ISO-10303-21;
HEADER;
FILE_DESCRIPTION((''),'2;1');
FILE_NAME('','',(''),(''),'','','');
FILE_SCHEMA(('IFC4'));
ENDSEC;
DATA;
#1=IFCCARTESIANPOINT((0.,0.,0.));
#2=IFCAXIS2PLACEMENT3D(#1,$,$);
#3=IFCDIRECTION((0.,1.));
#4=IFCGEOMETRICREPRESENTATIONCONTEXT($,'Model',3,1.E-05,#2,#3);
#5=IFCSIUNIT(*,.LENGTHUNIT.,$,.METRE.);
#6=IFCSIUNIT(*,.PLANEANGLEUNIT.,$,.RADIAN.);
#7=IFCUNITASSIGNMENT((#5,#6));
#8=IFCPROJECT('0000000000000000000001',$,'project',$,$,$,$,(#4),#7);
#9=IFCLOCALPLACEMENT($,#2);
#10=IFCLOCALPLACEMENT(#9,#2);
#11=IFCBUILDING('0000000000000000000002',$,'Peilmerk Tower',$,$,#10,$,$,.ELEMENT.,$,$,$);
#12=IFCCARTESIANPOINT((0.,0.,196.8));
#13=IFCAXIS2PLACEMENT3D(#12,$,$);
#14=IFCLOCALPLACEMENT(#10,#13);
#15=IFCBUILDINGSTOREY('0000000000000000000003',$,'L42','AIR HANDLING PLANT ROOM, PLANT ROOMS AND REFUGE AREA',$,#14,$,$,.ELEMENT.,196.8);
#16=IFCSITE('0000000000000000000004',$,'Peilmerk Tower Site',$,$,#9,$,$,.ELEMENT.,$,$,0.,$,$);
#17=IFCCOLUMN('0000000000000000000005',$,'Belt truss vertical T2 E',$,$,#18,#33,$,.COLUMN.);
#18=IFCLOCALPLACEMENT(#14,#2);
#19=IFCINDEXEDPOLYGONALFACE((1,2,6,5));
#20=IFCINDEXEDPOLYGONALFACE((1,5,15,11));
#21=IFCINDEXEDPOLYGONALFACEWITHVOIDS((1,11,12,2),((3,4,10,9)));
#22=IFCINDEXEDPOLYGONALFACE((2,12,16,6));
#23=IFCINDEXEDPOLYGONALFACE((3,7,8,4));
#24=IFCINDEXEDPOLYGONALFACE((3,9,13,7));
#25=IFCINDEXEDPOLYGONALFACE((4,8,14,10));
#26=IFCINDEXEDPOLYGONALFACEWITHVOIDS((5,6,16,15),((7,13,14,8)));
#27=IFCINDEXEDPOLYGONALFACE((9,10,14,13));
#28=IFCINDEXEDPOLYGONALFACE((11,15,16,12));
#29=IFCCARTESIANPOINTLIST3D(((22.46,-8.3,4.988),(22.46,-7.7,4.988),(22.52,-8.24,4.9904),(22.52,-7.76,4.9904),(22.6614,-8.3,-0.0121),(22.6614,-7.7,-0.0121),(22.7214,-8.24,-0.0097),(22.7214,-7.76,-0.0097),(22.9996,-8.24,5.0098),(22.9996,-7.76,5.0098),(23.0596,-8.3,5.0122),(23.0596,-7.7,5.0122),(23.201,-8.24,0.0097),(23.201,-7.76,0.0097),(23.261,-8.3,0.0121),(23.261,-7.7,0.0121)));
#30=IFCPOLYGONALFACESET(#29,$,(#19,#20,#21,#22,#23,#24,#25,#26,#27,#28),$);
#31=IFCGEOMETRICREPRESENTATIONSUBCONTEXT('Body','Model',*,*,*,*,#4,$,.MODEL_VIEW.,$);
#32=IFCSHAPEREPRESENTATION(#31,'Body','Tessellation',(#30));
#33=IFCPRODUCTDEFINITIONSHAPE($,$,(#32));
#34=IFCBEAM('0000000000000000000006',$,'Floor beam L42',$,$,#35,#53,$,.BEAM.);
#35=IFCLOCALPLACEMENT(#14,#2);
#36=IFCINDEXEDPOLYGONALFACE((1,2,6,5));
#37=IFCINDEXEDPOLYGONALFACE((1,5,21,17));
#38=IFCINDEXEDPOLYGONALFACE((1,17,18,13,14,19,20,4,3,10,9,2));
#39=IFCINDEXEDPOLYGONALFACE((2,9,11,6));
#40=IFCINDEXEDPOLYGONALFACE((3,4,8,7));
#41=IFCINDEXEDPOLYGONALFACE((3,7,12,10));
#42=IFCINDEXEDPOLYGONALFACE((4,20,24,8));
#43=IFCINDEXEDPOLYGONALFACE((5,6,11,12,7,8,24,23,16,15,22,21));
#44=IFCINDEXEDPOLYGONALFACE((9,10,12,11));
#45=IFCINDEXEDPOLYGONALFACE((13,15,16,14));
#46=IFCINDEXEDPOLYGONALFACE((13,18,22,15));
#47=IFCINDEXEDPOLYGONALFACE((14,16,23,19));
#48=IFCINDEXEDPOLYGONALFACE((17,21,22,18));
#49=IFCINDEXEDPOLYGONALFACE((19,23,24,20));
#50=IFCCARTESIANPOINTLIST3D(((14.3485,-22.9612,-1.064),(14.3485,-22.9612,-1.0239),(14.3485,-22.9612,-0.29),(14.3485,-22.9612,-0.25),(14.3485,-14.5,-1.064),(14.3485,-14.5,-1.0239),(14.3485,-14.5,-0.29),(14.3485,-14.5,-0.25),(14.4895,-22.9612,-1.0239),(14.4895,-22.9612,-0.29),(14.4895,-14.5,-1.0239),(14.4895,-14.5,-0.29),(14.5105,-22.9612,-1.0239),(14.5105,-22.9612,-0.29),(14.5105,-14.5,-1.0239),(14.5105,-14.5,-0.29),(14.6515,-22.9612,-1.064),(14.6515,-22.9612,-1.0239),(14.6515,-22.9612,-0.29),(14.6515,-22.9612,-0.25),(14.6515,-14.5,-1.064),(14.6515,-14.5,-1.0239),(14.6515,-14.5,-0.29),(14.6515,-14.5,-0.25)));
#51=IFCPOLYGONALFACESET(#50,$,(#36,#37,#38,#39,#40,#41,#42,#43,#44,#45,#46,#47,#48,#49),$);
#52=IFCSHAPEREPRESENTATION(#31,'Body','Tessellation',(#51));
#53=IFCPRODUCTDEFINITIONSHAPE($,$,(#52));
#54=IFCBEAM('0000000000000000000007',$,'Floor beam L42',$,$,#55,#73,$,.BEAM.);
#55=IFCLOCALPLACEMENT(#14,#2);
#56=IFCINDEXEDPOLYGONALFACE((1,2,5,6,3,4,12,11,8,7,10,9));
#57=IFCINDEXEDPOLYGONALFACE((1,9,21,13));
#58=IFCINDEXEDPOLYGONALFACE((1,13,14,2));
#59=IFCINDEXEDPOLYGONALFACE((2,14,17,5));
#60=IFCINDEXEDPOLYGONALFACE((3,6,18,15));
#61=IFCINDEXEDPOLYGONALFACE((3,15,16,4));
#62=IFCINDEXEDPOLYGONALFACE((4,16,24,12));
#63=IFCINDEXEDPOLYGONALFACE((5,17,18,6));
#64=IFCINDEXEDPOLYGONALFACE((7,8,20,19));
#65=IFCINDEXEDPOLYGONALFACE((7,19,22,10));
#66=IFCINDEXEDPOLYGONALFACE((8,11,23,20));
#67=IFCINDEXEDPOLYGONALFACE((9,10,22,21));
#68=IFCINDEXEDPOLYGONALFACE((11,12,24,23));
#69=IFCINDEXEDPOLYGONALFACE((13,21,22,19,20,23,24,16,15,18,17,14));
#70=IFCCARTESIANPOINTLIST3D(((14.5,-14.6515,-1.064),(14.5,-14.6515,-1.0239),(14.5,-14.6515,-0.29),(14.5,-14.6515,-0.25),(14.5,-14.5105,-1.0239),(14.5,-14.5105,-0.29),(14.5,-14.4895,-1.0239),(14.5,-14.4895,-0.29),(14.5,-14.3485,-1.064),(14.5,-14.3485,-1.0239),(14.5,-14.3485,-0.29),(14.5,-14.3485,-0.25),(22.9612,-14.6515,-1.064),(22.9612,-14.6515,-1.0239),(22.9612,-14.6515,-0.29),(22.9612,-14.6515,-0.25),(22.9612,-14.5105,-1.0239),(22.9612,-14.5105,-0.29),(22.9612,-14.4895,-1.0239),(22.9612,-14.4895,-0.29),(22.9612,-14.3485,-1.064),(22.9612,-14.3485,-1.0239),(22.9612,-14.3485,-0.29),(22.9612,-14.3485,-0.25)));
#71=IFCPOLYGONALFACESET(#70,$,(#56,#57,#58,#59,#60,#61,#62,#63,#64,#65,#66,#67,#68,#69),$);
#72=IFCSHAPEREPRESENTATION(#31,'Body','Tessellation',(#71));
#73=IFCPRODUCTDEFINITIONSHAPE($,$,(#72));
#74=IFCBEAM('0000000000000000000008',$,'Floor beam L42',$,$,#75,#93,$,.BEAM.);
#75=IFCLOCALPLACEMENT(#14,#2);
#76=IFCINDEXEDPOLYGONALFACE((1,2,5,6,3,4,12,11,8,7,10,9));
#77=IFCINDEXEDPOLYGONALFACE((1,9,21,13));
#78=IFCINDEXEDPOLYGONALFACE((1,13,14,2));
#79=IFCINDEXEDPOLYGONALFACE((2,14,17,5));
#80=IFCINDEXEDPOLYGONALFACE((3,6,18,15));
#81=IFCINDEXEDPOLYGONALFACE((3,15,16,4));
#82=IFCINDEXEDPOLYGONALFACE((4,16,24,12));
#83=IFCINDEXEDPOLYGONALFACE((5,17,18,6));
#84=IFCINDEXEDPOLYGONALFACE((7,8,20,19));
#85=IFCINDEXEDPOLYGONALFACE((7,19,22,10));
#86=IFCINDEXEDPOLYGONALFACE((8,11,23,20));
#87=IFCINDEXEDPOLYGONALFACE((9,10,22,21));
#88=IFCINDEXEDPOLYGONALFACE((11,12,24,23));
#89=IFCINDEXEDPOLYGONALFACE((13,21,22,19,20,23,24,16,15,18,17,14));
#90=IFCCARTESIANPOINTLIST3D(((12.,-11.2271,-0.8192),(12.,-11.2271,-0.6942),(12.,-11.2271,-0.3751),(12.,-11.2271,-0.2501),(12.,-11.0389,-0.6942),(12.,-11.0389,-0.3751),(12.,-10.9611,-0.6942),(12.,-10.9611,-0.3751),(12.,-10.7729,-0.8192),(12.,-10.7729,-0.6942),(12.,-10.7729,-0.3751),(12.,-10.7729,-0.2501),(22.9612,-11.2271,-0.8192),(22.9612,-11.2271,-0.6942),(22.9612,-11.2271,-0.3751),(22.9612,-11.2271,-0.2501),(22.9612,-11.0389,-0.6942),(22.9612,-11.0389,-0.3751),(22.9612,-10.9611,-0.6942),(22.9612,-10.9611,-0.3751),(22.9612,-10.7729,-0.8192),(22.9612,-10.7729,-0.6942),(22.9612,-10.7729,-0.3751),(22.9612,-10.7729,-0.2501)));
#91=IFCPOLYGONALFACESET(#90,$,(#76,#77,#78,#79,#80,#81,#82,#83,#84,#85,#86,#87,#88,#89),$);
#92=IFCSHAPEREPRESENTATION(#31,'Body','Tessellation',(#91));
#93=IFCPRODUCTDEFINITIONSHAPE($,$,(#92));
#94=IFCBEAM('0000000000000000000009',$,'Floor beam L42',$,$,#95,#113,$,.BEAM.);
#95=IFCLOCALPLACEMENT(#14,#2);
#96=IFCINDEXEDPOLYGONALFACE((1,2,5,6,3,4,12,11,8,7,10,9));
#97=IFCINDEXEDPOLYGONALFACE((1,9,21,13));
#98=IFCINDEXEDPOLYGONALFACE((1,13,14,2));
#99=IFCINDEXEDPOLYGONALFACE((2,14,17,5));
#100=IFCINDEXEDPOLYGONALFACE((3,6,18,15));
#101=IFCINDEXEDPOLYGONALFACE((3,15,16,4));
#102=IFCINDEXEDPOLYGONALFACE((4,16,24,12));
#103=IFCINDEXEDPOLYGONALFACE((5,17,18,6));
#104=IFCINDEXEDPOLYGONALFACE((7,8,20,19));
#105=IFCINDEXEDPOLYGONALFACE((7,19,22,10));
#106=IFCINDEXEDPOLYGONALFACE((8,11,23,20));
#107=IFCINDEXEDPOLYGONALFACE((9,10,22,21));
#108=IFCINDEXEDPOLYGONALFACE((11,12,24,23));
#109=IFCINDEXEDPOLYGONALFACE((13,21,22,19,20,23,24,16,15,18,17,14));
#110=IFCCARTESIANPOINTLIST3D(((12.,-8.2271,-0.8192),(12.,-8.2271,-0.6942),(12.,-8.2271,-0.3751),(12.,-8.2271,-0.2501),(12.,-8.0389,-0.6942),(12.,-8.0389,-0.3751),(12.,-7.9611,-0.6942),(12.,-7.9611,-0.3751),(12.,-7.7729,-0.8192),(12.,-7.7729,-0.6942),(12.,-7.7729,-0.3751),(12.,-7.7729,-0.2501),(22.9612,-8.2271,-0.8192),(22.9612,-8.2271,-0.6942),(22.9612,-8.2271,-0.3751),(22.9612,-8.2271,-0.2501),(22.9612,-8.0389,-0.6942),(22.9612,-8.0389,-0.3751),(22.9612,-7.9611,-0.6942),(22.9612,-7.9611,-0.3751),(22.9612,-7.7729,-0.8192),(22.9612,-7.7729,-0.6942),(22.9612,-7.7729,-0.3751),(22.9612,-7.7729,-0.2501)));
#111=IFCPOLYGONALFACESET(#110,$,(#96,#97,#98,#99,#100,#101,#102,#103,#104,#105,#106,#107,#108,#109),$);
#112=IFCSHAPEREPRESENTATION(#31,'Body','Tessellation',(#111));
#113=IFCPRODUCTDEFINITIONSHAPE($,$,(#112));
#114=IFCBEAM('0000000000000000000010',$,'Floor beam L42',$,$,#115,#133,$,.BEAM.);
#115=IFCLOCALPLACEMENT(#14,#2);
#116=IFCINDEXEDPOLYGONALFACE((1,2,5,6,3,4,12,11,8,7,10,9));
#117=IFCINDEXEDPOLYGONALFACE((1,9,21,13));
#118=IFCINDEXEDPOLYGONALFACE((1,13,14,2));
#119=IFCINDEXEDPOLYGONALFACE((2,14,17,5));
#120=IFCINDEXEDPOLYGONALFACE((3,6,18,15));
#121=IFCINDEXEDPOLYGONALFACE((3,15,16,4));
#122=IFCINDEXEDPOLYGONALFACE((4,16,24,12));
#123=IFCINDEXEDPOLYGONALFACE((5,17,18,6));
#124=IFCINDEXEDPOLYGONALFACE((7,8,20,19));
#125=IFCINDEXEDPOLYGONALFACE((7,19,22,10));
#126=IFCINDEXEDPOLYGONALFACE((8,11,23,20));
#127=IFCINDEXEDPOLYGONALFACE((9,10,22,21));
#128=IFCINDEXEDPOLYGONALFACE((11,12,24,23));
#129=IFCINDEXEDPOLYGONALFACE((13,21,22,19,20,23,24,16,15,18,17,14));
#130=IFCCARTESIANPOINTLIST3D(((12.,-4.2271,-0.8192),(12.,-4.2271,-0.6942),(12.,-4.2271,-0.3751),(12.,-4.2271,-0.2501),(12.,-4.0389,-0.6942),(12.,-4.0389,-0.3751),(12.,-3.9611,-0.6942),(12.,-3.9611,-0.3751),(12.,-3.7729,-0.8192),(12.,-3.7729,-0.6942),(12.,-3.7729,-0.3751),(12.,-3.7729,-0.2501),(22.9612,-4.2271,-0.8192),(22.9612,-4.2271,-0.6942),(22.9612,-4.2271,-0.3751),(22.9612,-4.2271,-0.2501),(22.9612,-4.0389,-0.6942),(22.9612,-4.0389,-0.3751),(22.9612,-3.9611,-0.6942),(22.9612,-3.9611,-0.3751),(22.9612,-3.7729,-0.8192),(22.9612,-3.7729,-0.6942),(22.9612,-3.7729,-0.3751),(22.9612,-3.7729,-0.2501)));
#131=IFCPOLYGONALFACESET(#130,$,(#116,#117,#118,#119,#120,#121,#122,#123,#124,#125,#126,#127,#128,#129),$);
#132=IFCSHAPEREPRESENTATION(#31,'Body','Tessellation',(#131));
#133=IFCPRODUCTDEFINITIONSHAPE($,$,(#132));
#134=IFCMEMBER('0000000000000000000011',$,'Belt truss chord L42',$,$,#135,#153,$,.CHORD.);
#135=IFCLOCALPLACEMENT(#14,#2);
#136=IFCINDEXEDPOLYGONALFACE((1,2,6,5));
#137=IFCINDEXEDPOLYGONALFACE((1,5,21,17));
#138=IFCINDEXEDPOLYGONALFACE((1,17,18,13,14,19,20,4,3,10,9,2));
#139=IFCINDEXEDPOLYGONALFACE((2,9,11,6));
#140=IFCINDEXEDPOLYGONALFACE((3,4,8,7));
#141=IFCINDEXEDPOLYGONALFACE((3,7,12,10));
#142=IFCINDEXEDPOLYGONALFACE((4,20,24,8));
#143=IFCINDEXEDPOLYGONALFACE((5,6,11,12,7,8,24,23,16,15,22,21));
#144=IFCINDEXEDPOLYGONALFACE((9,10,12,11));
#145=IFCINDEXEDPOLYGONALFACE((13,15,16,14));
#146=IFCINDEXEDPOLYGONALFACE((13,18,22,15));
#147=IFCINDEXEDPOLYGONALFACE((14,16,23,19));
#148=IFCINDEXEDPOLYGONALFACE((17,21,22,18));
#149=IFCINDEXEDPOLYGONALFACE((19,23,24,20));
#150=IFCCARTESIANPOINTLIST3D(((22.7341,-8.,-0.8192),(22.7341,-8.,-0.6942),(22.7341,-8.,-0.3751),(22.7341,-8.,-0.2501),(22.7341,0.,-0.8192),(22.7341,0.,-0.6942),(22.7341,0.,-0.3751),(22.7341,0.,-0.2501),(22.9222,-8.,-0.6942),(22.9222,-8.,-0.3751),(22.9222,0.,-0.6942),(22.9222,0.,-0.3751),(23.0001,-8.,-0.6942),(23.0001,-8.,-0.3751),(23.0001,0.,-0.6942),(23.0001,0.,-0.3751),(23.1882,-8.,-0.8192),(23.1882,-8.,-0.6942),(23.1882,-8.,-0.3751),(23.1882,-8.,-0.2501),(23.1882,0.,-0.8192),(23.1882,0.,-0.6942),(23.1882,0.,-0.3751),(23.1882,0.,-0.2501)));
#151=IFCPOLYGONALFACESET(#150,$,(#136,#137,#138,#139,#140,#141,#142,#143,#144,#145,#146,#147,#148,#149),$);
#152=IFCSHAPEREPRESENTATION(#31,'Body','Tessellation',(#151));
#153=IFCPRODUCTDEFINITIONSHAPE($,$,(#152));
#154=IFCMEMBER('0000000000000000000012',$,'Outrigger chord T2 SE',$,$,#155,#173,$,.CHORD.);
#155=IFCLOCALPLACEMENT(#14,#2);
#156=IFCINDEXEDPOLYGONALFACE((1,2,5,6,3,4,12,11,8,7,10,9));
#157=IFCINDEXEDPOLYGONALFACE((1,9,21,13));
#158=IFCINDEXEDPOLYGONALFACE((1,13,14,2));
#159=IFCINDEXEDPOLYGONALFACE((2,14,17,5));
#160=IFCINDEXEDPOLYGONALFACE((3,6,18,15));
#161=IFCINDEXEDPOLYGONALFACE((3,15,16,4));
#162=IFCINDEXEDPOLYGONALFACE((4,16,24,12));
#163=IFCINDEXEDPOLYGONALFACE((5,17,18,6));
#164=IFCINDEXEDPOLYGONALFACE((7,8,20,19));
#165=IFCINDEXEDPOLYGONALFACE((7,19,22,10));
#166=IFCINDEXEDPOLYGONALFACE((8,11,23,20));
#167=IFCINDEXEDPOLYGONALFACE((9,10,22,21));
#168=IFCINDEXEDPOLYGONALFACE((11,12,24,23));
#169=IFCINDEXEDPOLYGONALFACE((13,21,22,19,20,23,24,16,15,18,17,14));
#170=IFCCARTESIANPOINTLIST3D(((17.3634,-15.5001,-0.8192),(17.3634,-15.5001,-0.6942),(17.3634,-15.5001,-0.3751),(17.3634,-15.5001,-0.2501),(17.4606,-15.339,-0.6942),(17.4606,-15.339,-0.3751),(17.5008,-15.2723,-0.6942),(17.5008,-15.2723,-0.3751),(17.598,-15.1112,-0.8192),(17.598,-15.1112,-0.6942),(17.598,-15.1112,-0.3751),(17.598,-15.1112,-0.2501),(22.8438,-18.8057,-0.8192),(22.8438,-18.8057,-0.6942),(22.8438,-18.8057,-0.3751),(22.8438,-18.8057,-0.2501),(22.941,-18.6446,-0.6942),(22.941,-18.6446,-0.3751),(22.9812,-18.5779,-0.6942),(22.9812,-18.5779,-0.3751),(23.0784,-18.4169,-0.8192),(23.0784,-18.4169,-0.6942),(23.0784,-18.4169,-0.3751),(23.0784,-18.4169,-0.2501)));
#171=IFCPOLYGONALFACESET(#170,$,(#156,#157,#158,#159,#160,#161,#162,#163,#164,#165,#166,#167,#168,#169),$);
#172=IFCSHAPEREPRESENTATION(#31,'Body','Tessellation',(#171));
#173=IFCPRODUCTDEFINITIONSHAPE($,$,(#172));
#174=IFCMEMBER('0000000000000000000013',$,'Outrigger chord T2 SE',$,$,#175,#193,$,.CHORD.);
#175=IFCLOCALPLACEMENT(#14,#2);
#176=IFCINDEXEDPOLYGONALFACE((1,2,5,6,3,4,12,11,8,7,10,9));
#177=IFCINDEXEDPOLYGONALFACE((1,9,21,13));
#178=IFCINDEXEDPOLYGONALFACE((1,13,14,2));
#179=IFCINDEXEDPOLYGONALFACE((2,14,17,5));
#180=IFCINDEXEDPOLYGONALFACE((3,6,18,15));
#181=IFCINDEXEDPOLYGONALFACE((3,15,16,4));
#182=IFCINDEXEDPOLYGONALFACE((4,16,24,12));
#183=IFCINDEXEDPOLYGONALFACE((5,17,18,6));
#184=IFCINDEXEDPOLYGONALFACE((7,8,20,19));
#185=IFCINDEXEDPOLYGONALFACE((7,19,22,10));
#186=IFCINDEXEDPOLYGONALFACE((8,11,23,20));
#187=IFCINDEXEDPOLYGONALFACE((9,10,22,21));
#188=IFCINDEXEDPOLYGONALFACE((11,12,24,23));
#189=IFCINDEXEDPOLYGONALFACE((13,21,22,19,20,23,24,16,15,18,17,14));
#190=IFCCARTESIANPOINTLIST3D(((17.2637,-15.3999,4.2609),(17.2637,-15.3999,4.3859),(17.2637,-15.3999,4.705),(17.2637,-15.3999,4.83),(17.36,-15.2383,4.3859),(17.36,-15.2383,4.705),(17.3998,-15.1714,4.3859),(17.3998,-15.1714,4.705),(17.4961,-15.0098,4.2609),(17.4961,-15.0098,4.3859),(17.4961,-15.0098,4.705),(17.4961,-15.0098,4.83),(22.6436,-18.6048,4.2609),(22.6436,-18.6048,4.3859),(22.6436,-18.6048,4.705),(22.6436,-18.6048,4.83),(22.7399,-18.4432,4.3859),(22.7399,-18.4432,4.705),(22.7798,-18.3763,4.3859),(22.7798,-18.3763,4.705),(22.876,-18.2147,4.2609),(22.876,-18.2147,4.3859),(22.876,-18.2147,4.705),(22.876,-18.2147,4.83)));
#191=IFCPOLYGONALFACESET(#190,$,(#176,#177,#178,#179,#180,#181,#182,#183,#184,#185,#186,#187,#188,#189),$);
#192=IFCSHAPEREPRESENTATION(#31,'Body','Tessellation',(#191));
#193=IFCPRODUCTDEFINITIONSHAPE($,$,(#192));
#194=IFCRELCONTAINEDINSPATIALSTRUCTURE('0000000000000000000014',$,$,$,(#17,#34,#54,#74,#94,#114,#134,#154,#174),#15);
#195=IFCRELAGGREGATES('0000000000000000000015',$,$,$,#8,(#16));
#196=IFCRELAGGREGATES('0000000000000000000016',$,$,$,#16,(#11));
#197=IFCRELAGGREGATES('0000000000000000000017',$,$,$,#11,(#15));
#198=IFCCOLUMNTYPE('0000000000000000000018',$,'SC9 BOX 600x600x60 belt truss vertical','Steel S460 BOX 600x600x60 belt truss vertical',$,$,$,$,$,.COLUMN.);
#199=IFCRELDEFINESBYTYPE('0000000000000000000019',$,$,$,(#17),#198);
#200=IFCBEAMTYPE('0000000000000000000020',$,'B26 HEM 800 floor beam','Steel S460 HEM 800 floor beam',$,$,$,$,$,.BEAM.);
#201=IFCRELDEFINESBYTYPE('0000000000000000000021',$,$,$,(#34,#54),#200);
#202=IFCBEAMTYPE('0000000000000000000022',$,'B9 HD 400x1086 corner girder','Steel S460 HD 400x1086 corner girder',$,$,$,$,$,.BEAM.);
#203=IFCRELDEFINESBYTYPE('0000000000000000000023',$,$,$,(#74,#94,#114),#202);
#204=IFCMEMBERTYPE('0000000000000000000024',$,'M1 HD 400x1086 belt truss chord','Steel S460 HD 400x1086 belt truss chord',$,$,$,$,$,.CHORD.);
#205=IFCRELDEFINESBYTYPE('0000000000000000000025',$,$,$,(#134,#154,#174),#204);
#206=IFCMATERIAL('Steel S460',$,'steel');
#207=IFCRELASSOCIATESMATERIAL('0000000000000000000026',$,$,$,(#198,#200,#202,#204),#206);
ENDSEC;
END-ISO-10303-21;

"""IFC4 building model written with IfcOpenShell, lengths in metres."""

from ifc_helpers import new_model, si_unit, direction, frame, origin, origin_2d, place, context, subcontext, project, spatial, hollow_rectangle, i_section, extrude, material, material_profile, profile_set, type_object, element, save


model = new_model("IFC4")

# Units and contexts
model_context = context("Model", 3, precision=1e-05, world=origin(), true_north=direction((0.0, 1.0)))
body_context = subcontext(model_context, "Body", "Model", "MODEL_VIEW")
ifc_project = project(units=[si_unit("LENGTHUNIT", "METRE"), si_unit("PLANEANGLEUNIT", "RADIAN")], contexts=[model_context])

# Site, building, storey
site_placement = place(None, origin())
site = spatial("IfcSite", under=ifc_project, at=site_placement, Name="Peilmerk Tower Site", CompositionType="ELEMENT", RefElevation=0.0)
building_placement = place(site_placement, origin())
building = spatial("IfcBuilding", under=site, at=building_placement, Name="Peilmerk Tower", CompositionType="ELEMENT")
storey_placement = place(building_placement, frame((0.0, 0.0, 196.8)))
storey = spatial("IfcBuildingStorey", under=building, at=storey_placement, Name="L42", Description="AIR HANDLING PLANT ROOM, PLANT ROOMS AND REFUGE AREA", CompositionType="ELEMENT", Elevation=196.8)

# Column
ifc_material_1 = material(Name="Steel S460", Category="steel")
ifc_material_profile_1 = material_profile(ifc_material_1, hollow_rectangle(XDim=0.6001, YDim=0.6001, WallThickness=0.0601, at=origin_2d()), Name="BOX 600x600x60")
ifc_profile_set_1 = profile_set([ifc_material_profile_1], Name="Steel S460")
column_type = type_object("IfcColumnType", Name="SC9 BOX 600x600x60 belt truss vertical", Description="Steel S460 BOX 600x600x60 belt truss vertical", PredefinedType="COLUMN", material=ifc_profile_set_1)
column_placement = place(storey_placement, frame((22.9612, -8.0, 0.0), z_axis=(-0.040251, 0.0, 0.99919), x_axis=(0.0, -1.0, 0.0)))
element("IfcColumn", 1, at=column_placement, inside=storey, type_object=column_type, Name="Belt truss vertical T2 E", PredefinedType="COLUMN", context=body_context, shape_type="SweptSolid", body=[
    extrude(hollow_rectangle(XDim=0.6001, YDim=0.6001, WallThickness=0.0601, at=origin_2d()), origin(), (0.0, 0.0, 1.0), 5.0042),
])

# Beams
ifc_material_profile_2 = material_profile(ifc_material_1, i_section(OverallWidth=0.303, OverallDepth=0.814, WebThickness=0.021, FlangeThickness=0.04, at=origin_2d()), Name="HEM 800")
ifc_profile_set_2 = profile_set([ifc_material_profile_2], Name="Steel S460")
beam_type_1 = type_object("IfcBeamType", Name="B26 HEM 800 floor beam", Description="Steel S460 HEM 800 floor beam", PredefinedType="BEAM", material=ifc_profile_set_2)
for number, where, z_axis, x_axis, name in (
    (2, (14.5, -14.5, -0.657), (0.0, -1.0, 0.0), (1.0, 0.0, 0.0), "Floor beam L42"),
    (3, (14.5, -14.5, -0.657), (1.0, 0.0, 0.0), (0.0, 1.0, 0.0), "Floor beam L42"),
):
    element("IfcBeam", number, at=place(storey_placement, frame(where, z_axis=z_axis, x_axis=x_axis)), inside=storey, type_object=beam_type_1, Name=name, PredefinedType="BEAM", context=body_context, shape_type="SweptSolid", body=[
        extrude(i_section(OverallWidth=0.303, OverallDepth=0.814, WebThickness=0.021, FlangeThickness=0.04, at=origin_2d()), origin(), (0.0, 0.0, 1.0), 8.4612),
    ])
ifc_material_profile_3 = material_profile(ifc_material_1, i_section(OverallWidth=0.4541, OverallDepth=0.5691, WebThickness=0.0779, FlangeThickness=0.125, at=origin_2d()), Name="HD 400x1086")
ifc_profile_set_3 = profile_set([ifc_material_profile_3], Name="Steel S460")
beam_type_2 = type_object("IfcBeamType", Name="B9 HD 400x1086 corner girder", Description="Steel S460 HD 400x1086 corner girder", PredefinedType="BEAM", material=ifc_profile_set_3)
for number, where, z_axis, x_axis, name in (
    (4, (12.0, -11.0, -0.5347), (1.0, 0.0, 0.0), (0.0, 1.0, 0.0), "Floor beam L42"),
    (5, (12.0, -8.0, -0.5347), (1.0, 0.0, 0.0), (0.0, 1.0, 0.0), "Floor beam L42"),
    (6, (12.0, -4.0, -0.5347), (1.0, 0.0, 0.0), (0.0, 1.0, 0.0), "Floor beam L42"),
):
    element("IfcBeam", number, at=place(storey_placement, frame(where, z_axis=z_axis, x_axis=x_axis)), inside=storey, type_object=beam_type_2, Name=name, PredefinedType="BEAM", context=body_context, shape_type="SweptSolid", body=[
        extrude(i_section(OverallWidth=0.4541, OverallDepth=0.5691, WebThickness=0.0779, FlangeThickness=0.125, at=origin_2d()), origin(), (0.0, 0.0, 1.0), 10.9612),
    ])

# Members
ifc_material_profile_4 = material_profile(ifc_material_1, i_section(OverallWidth=0.4541, OverallDepth=0.5691, WebThickness=0.0779, FlangeThickness=0.125, at=origin_2d()), Name="HD 400x1086")
ifc_profile_set_4 = profile_set([ifc_material_profile_4], Name="Steel S460")
member_type_1 = type_object("IfcMemberType", Name="M1 HD 400x1086 belt truss chord", Description="Steel S460 HD 400x1086 belt truss chord", PredefinedType="CHORD", material=ifc_profile_set_4)
member_1_placement = place(storey_placement, frame((22.9612, -8.0, -0.5347), z_axis=(0.0, 1.0, 0.0), x_axis=(-1.0, 0.0, 0.0)))
element("IfcMember", 7, at=member_1_placement, inside=storey, type_object=member_type_1, Name="Belt truss chord L42", PredefinedType="CHORD", context=body_context, shape_type="SweptSolid", body=[
    extrude(i_section(OverallWidth=0.4541, OverallDepth=0.5691, WebThickness=0.0779, FlangeThickness=0.125, at=origin_2d()), origin(), (0.0, 0.0, 1.0), 8.0),
])
member_2_placement = place(storey_placement, frame((17.4807, -15.3057, -0.5347), z_axis=(0.856292, -0.516491, 0.0), x_axis=(0.516491, 0.856292, 0.0)))
element("IfcMember", 8, at=member_2_placement, inside=storey, type_object=member_type_1, Name="Outrigger chord T2 SE", PredefinedType="CHORD", context=body_context, shape_type="SweptSolid", body=[
    extrude(i_section(OverallWidth=0.4541, OverallDepth=0.5691, WebThickness=0.0779, FlangeThickness=0.125, at=origin_2d()), origin(), (0.0, 0.0, 1.0), 6.4001),
])
member_3_placement = place(storey_placement, frame((17.3799, -15.2048, 4.5454), z_axis=(0.859116, -0.511781, 0.0), x_axis=(0.511781, 0.859116, 0.0)))
element("IfcMember", 9, at=member_3_placement, inside=storey, type_object=member_type_1, Name="Outrigger chord T2 SE", PredefinedType="CHORD", context=body_context, shape_type="SweptSolid", body=[
    extrude(i_section(OverallWidth=0.4541, OverallDepth=0.5691, WebThickness=0.0779, FlangeThickness=0.125, at=origin_2d()), origin(), (0.0, 0.0, 1.0), 6.2622),
])

save(model, "model.ifc")
